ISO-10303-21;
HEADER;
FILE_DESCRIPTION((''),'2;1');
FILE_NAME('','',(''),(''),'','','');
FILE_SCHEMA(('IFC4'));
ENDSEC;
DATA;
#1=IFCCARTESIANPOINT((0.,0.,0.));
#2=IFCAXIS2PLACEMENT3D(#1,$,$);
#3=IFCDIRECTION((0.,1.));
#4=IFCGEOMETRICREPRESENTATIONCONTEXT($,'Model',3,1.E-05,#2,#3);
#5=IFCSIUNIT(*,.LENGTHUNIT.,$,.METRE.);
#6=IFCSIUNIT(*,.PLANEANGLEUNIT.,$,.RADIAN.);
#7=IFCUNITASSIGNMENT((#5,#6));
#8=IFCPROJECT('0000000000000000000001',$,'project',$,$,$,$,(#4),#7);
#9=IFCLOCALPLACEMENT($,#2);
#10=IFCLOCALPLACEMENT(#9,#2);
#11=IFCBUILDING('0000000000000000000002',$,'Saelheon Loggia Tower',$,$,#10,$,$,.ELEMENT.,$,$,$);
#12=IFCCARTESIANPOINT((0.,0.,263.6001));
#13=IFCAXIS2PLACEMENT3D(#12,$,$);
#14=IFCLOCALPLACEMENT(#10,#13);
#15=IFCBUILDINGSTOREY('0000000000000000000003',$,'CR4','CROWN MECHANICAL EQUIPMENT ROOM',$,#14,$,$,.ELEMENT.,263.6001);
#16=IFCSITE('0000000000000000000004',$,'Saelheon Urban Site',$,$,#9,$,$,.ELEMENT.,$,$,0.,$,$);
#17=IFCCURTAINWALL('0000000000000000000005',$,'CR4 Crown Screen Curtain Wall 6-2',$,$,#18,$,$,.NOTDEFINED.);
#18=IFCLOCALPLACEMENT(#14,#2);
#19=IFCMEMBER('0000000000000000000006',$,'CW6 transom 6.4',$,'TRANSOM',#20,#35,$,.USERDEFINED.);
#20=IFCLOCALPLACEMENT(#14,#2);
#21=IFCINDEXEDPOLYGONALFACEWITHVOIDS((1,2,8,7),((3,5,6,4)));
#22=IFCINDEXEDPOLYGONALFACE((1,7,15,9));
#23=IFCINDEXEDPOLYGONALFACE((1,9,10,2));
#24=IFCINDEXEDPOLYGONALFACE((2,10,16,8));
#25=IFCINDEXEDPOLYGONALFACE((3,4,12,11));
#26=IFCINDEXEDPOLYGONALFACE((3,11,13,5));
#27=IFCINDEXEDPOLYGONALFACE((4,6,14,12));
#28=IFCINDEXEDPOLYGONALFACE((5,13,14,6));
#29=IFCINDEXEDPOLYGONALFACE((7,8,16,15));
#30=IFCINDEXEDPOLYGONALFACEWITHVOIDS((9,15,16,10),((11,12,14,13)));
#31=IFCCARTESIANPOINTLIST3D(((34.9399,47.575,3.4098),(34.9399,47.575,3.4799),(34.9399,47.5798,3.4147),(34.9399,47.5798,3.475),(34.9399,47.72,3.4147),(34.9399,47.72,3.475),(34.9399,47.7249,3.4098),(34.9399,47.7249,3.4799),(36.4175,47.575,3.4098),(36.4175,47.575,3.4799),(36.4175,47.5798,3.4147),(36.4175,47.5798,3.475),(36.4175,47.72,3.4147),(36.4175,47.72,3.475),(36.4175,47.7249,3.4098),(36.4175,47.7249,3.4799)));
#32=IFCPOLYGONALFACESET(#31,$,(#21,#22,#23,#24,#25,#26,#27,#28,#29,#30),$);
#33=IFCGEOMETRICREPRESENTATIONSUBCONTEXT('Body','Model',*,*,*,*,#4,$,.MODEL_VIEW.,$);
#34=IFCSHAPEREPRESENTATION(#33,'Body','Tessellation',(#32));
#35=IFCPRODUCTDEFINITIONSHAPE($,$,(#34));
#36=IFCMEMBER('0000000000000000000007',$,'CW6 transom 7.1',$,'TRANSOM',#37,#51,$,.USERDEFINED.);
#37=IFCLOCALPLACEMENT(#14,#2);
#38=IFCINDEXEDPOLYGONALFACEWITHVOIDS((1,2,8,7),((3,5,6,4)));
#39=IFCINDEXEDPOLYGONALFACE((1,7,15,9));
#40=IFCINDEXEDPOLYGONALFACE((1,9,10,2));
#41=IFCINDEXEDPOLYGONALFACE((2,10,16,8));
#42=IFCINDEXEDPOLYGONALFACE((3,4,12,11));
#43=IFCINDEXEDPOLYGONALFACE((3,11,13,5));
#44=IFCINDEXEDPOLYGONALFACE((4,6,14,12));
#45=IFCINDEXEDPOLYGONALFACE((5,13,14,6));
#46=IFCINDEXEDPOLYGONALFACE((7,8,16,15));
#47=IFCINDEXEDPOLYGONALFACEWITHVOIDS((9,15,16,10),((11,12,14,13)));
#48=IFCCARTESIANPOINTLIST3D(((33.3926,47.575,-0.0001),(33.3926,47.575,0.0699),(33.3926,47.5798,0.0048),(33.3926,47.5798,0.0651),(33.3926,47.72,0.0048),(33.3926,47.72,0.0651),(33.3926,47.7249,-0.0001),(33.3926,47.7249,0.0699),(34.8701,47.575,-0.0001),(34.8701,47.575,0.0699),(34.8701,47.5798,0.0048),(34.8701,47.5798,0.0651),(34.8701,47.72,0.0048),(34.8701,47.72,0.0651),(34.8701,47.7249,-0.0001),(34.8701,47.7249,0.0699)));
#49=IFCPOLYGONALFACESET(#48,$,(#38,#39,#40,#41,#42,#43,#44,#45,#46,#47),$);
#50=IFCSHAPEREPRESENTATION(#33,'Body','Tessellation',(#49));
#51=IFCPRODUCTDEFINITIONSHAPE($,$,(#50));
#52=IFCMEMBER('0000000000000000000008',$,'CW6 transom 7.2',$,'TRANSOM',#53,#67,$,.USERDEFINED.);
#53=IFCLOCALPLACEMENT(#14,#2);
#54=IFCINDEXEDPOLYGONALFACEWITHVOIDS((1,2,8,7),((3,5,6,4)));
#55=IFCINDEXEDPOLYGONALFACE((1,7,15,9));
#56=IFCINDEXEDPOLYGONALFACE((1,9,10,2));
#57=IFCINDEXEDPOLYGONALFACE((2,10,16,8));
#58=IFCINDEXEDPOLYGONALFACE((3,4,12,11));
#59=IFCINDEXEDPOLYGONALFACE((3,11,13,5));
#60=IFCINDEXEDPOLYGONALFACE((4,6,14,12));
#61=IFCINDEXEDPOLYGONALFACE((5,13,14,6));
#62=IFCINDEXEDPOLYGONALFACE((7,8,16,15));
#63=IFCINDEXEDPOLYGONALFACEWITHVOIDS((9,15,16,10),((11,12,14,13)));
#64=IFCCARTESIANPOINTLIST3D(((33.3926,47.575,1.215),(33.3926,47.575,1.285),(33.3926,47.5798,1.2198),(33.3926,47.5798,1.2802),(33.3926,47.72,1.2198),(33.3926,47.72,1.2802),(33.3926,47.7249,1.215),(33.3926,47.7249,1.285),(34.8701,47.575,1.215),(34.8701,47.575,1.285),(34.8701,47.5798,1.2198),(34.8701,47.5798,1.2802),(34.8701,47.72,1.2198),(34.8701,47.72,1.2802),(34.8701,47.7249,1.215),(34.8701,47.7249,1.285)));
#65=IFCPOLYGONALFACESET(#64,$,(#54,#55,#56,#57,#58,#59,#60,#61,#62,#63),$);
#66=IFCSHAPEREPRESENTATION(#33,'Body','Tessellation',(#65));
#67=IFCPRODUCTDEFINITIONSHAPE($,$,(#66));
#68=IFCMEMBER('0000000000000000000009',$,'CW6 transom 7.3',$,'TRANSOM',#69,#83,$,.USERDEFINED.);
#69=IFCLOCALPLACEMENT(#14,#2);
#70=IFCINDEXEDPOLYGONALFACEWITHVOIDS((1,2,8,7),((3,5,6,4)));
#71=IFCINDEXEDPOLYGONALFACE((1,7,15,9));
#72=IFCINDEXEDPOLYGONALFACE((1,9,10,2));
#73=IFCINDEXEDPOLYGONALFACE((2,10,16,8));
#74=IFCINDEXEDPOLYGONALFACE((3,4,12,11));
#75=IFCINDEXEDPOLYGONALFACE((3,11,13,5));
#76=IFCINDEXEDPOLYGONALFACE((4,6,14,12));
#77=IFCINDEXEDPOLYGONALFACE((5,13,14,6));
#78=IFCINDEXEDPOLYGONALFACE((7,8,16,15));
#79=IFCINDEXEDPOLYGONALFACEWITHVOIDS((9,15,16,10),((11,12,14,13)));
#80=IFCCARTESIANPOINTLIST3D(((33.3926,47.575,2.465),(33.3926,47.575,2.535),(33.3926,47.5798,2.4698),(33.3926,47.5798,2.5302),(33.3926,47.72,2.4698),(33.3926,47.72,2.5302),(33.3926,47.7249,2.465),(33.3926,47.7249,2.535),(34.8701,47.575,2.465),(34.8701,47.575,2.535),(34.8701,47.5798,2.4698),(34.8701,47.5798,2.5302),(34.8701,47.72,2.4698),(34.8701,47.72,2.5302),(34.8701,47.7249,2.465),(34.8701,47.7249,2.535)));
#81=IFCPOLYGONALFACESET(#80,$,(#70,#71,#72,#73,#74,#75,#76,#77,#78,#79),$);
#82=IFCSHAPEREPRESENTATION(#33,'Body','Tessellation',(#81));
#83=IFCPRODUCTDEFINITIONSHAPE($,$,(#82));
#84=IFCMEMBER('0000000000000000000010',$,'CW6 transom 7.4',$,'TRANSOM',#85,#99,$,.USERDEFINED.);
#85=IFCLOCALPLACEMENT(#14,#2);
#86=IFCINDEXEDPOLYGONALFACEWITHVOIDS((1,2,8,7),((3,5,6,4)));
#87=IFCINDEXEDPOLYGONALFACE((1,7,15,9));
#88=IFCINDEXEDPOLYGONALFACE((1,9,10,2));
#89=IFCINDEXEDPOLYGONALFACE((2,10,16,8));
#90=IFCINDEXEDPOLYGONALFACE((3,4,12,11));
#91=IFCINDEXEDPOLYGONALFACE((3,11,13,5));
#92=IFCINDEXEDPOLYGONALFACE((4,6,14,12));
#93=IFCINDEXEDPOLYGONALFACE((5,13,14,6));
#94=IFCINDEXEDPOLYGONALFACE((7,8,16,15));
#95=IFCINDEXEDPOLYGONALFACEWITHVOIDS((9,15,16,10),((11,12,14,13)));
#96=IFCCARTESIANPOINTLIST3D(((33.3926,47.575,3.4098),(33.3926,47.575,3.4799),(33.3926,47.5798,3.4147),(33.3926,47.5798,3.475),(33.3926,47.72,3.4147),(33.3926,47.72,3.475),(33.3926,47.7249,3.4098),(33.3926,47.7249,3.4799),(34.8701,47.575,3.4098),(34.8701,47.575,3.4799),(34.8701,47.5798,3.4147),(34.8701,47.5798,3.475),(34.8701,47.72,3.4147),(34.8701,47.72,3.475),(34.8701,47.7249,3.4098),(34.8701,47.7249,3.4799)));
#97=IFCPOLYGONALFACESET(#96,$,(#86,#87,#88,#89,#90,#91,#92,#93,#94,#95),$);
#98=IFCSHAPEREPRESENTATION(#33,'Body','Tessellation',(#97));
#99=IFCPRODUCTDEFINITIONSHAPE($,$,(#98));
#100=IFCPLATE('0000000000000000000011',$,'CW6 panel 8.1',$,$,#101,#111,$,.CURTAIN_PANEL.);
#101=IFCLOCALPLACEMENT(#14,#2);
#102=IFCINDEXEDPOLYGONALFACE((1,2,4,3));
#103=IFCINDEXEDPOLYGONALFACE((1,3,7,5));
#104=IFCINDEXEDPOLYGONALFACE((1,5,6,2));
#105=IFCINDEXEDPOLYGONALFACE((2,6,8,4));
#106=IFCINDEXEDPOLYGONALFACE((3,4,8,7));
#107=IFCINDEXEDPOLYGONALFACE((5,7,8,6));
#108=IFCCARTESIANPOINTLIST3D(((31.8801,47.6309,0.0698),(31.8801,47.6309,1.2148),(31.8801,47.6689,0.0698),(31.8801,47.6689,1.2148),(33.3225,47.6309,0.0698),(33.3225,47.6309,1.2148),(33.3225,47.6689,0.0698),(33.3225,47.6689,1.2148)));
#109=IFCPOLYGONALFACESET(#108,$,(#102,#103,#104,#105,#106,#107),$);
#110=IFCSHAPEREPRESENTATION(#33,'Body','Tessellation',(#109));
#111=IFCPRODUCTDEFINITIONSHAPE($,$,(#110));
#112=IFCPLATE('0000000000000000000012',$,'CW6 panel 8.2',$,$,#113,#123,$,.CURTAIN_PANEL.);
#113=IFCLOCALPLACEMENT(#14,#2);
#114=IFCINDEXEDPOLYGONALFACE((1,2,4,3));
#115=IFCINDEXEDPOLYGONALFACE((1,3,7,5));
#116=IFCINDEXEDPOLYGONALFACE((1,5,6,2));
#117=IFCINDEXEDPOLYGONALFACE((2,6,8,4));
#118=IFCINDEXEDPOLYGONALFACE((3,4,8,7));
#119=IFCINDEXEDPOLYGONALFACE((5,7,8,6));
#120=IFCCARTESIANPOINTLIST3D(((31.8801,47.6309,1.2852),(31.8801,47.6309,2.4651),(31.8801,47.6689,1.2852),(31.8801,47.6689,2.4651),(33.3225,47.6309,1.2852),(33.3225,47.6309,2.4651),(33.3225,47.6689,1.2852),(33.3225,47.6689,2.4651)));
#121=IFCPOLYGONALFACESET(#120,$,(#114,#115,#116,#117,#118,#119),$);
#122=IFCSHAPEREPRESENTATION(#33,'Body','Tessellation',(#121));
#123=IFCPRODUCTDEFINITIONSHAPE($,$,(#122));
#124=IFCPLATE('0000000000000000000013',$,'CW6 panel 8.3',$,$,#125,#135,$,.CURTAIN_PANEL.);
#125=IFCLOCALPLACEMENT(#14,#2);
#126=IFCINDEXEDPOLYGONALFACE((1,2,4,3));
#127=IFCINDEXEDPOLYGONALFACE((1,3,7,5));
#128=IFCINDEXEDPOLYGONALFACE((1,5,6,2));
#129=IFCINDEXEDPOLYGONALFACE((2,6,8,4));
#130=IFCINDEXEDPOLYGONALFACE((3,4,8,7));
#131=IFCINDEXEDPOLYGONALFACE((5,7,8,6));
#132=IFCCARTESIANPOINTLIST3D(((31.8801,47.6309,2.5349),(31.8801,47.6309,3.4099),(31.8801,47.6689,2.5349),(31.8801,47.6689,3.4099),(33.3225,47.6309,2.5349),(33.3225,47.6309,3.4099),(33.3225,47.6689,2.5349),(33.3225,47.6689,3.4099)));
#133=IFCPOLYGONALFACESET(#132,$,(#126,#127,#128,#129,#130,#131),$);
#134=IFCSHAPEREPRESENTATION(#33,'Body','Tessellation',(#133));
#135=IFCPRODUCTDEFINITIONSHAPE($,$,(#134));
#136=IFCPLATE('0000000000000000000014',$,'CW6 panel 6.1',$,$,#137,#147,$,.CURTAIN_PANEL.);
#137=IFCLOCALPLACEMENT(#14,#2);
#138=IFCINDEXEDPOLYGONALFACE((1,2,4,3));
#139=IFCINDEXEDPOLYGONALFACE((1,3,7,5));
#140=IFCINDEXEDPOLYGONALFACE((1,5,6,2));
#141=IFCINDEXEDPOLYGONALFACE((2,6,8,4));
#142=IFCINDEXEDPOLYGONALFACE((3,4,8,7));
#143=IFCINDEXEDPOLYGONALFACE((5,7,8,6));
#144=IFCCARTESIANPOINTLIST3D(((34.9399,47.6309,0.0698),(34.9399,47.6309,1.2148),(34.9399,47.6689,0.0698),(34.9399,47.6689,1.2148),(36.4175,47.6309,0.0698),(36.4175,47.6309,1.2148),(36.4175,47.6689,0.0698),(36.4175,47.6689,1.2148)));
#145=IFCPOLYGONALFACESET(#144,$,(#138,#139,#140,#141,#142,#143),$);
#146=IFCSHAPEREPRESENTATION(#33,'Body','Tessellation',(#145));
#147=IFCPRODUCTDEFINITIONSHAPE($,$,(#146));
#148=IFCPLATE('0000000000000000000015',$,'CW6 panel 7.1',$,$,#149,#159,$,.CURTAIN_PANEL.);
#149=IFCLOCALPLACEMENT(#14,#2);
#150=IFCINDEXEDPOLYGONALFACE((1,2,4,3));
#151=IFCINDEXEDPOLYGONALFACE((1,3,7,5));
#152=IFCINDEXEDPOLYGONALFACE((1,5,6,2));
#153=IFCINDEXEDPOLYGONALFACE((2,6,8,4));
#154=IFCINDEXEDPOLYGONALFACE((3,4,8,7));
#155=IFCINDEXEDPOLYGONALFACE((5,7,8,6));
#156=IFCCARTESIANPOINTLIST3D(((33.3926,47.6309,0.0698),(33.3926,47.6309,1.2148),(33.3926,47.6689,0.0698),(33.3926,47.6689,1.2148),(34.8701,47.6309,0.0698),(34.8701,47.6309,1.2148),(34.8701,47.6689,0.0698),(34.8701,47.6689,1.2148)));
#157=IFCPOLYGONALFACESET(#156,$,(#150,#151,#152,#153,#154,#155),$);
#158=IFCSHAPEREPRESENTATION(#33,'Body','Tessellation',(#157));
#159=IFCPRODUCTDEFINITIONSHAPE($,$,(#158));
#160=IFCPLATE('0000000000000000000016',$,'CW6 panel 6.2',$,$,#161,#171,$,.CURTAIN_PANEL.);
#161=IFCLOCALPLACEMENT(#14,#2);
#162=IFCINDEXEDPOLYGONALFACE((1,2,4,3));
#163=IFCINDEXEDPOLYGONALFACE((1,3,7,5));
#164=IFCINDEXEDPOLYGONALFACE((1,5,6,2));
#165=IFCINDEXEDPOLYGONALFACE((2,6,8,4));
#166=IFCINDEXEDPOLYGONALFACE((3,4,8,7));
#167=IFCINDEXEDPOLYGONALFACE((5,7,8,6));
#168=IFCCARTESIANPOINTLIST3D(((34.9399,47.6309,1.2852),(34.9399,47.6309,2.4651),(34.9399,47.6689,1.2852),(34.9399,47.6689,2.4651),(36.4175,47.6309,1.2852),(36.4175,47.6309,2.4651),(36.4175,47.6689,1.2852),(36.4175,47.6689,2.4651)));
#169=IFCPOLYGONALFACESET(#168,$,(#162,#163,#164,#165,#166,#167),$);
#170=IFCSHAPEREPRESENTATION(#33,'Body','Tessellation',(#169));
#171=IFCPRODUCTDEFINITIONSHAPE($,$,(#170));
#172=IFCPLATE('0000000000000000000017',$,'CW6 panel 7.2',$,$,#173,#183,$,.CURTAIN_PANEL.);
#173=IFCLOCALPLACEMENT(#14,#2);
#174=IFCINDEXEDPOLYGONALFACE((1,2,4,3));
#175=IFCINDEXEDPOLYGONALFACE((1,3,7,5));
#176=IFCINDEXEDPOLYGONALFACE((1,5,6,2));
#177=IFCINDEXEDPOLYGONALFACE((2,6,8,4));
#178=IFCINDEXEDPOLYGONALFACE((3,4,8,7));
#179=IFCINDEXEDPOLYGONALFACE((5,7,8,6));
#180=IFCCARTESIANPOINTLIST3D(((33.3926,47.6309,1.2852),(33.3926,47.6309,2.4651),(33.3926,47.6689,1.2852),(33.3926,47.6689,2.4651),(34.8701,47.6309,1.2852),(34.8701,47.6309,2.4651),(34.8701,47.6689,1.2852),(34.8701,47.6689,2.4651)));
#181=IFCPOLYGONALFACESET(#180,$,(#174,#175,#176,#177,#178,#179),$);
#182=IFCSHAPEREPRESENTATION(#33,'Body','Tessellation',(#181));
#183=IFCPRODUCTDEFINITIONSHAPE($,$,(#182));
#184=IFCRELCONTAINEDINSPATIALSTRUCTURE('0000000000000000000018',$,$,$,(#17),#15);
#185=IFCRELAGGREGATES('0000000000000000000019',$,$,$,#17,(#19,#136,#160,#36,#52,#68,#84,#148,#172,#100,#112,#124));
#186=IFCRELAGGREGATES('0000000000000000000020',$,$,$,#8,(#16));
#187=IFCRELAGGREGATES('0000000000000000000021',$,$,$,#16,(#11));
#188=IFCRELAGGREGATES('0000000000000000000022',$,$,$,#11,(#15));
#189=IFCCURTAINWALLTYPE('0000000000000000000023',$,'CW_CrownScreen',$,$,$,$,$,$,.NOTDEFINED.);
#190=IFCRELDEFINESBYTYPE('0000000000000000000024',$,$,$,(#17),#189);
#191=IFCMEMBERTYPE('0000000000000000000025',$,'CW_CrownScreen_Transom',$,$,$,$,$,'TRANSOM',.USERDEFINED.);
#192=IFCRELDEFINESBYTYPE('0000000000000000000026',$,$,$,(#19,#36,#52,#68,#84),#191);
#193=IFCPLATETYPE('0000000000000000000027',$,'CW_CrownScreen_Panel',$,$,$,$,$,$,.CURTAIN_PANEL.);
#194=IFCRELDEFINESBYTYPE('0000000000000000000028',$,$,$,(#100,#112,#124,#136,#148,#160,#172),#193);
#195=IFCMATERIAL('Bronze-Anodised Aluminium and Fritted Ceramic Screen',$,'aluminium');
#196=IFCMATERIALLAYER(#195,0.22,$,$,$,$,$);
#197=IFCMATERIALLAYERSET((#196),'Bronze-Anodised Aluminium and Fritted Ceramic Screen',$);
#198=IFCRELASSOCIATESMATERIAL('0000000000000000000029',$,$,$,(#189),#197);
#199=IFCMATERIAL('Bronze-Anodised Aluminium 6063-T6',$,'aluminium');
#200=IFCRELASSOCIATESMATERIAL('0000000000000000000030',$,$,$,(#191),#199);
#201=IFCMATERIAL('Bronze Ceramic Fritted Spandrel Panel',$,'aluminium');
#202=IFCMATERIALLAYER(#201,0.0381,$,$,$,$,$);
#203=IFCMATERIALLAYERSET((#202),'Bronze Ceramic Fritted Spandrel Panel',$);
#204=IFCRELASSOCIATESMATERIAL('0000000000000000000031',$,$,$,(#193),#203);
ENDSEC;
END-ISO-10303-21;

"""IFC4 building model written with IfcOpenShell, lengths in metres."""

from ifc_helpers import new_model, si_unit, direction, frame, origin, origin_2d, place, context, subcontext, project, spatial, rectangle, hollow_rectangle, extrude, source, transform, mapped, material, layer, layer_set, material_profile, profile_set, type_object, element, aggregate, save


model = new_model("IFC4")

# Units and contexts
model_context = context("Model", 3, precision=1e-05, world=origin(), true_north=direction((0.0, 1.0)))
body_context = subcontext(model_context, "Body", "Model", "MODEL_VIEW")
ifc_project = project(units=[si_unit("LENGTHUNIT", "METRE"), si_unit("PLANEANGLEUNIT", "RADIAN")], contexts=[model_context])

# Site, building, storey
site_placement = place(None, origin())
site = spatial("IfcSite", under=ifc_project, at=site_placement, Name="Saelheon Urban Site", CompositionType="ELEMENT", RefElevation=0.0)
building_placement = place(site_placement, origin())
building = spatial("IfcBuilding", under=site, at=building_placement, Name="Saelheon Loggia Tower", CompositionType="ELEMENT")
storey_placement = place(building_placement, frame((0.0, 0.0, 263.6001)))
storey = spatial("IfcBuildingStorey", under=building, at=storey_placement, Name="CR4", Description="CROWN MECHANICAL EQUIPMENT ROOM", CompositionType="ELEMENT", Elevation=263.6001)

# Curtain wall, members, plates
ifc_material_1 = material(Name="Bronze-Anodised Aluminium and Fritted Ceramic Screen", Category="aluminium")
ifc_layer_1 = layer(ifc_material_1, 0.22)
ifc_layer_set_1 = layer_set([ifc_layer_1], Name="Bronze-Anodised Aluminium and Fritted Ceramic Screen")
curtain_wall_type = type_object("IfcCurtainWallType", Name="CW_CrownScreen", PredefinedType="NOTDEFINED", material=ifc_layer_set_1)
curtain_wall_placement = place(storey_placement, origin())
curtain_wall = element("IfcCurtainWall", 1, at=curtain_wall_placement, inside=storey, type_object=curtain_wall_type, Name="CR4 Crown Screen Curtain Wall 6-2", PredefinedType="NOTDEFINED")
ifc_material_2 = material(Name="Bronze-Anodised Aluminium 6063-T6", Category="aluminium")
ifc_material_profile_1 = material_profile(ifc_material_2, hollow_rectangle(XDim=0.0701, YDim=0.1499, WallThickness=0.0049, at=origin_2d()), Name="RHS-150x70x5")
ifc_profile_set_1 = profile_set([ifc_material_profile_1], Name="Bronze-Anodised Aluminium 6063-T6")
member_type_1 = type_object("IfcMemberType", Name="CW_CrownScreen_Transom", ElementType="TRANSOM", PredefinedType="USERDEFINED", material=ifc_profile_set_1)
shared_shape_1 = source(origin(), body_context, "Body", "SweptSolid", [
    extrude(hollow_rectangle(XDim=0.0701, YDim=0.1499, WallThickness=0.0049, at=origin_2d()), origin(), (0.0, 0.0, 1.0), 1.4775),
])
member_1_placement = place(storey_placement, frame((36.4175, 47.6499, 3.4448), z_axis=(-1.0, 0.0, 0.0), x_axis=(0.0, 0.0, 1.0)))
member_1 = element("IfcMember", 2, at=member_1_placement, type_object=member_type_1, Name="CW6 transom 6.4", ObjectType="TRANSOM", PredefinedType="USERDEFINED", context=body_context, shape_type="MappedRepresentation", body=[
    mapped(shared_shape_1, transform((0.0, 0.0, 0.0), scale=1.0)),
])
member_2_placement = place(storey_placement, frame((34.8701, 47.6499, 0.0349), z_axis=(-1.0, 0.0, 0.0), x_axis=(0.0, 0.0, 1.0)))
member_2 = element("IfcMember", 3, at=member_2_placement, type_object=member_type_1, Name="CW6 transom 7.1", ObjectType="TRANSOM", PredefinedType="USERDEFINED", context=body_context, shape_type="MappedRepresentation", body=[
    mapped(shared_shape_1, transform((0.0, 0.0, 0.0), scale=1.0)),
])
member_3_placement = place(storey_placement, frame((34.8701, 47.6499, 1.25), z_axis=(-1.0, 0.0, 0.0), x_axis=(0.0, 0.0, 1.0)))
member_3 = element("IfcMember", 4, at=member_3_placement, type_object=member_type_1, Name="CW6 transom 7.2", ObjectType="TRANSOM", PredefinedType="USERDEFINED", context=body_context, shape_type="MappedRepresentation", body=[
    mapped(shared_shape_1, transform((0.0, 0.0, 0.0), scale=1.0)),
])
member_4_placement = place(storey_placement, frame((34.8701, 47.6499, 2.5), z_axis=(-1.0, 0.0, 0.0), x_axis=(0.0, 0.0, 1.0)))
member_4 = element("IfcMember", 5, at=member_4_placement, type_object=member_type_1, Name="CW6 transom 7.3", ObjectType="TRANSOM", PredefinedType="USERDEFINED", context=body_context, shape_type="MappedRepresentation", body=[
    mapped(shared_shape_1, transform((0.0, 0.0, 0.0), scale=1.0)),
])
member_5_placement = place(storey_placement, frame((34.8701, 47.6499, 3.4448), z_axis=(-1.0, 0.0, 0.0), x_axis=(0.0, 0.0, 1.0)))
member_5 = element("IfcMember", 6, at=member_5_placement, type_object=member_type_1, Name="CW6 transom 7.4", ObjectType="TRANSOM", PredefinedType="USERDEFINED", context=body_context, shape_type="MappedRepresentation", body=[
    mapped(shared_shape_1, transform((0.0, 0.0, 0.0), scale=1.0)),
])
ifc_material_3 = material(Name="Bronze Ceramic Fritted Spandrel Panel", Category="aluminium")
ifc_layer_2 = layer(ifc_material_3, 0.0381)
ifc_layer_set_2 = layer_set([ifc_layer_2], Name="Bronze Ceramic Fritted Spandrel Panel")
plate_type = type_object("IfcPlateType", Name="CW_CrownScreen_Panel", PredefinedType="CURTAIN_PANEL", material=ifc_layer_set_2)
shared_shape_2 = source(origin(), body_context, "Body", "SweptSolid", [
    extrude(rectangle(XDim=1.4424, YDim=0.0381, at=origin_2d()), origin(), (0.0, 0.0, 1.0), 1.145),
])
plate_1_placement = place(storey_placement, frame((32.6013, 47.6499, 0.0698), z_axis=(0.0, 0.0, 1.0), x_axis=(-1.0, 0.0, 0.0)))
plate_1 = element("IfcPlate", 7, at=plate_1_placement, type_object=plate_type, Name="CW6 panel 8.1", PredefinedType="CURTAIN_PANEL", context=body_context, shape_type="MappedRepresentation", body=[
    mapped(shared_shape_2, transform((0.0, 0.0, 0.0), scale=1.0)),
])
shared_shape_3 = source(origin(), body_context, "Body", "SweptSolid", [
    extrude(rectangle(XDim=1.4424, YDim=0.0381, at=origin_2d()), origin(), (0.0, 0.0, 1.0), 1.1799),
])
plate_2_placement = place(storey_placement, frame((32.6013, 47.6499, 1.2852), z_axis=(0.0, 0.0, 1.0), x_axis=(-1.0, 0.0, 0.0)))
plate_2 = element("IfcPlate", 8, at=plate_2_placement, type_object=plate_type, Name="CW6 panel 8.2", PredefinedType="CURTAIN_PANEL", context=body_context, shape_type="MappedRepresentation", body=[
    mapped(shared_shape_3, transform((0.0, 0.0, 0.0), scale=1.0)),
])
shared_shape_4 = source(origin(), body_context, "Body", "SweptSolid", [
    extrude(rectangle(XDim=1.4424, YDim=0.0381, at=origin_2d()), origin(), (0.0, 0.0, 1.0), 0.875),
])
plate_3_placement = place(storey_placement, frame((32.6013, 47.6499, 2.5349), z_axis=(0.0, 0.0, 1.0), x_axis=(-1.0, 0.0, 0.0)))
plate_3 = element("IfcPlate", 9, at=plate_3_placement, type_object=plate_type, Name="CW6 panel 8.3", PredefinedType="CURTAIN_PANEL", context=body_context, shape_type="MappedRepresentation", body=[
    mapped(shared_shape_4, transform((0.0, 0.0, 0.0), scale=1.0)),
])
shared_shape_5 = source(origin(), body_context, "Body", "SweptSolid", [
    extrude(rectangle(XDim=1.4775, YDim=0.0381, at=origin_2d()), origin(), (0.0, 0.0, 1.0), 1.145),
])
plate_4_placement = place(storey_placement, frame((35.6787, 47.6499, 0.0698), z_axis=(0.0, 0.0, 1.0), x_axis=(-1.0, 0.0, 0.0)))
plate_4 = element("IfcPlate", 10, at=plate_4_placement, type_object=plate_type, Name="CW6 panel 6.1", PredefinedType="CURTAIN_PANEL", context=body_context, shape_type="MappedRepresentation", body=[
    mapped(shared_shape_5, transform((0.0, 0.0, 0.0), scale=1.0)),
])
plate_5_placement = place(storey_placement, frame((34.1313, 47.6499, 0.0698), z_axis=(0.0, 0.0, 1.0), x_axis=(-1.0, 0.0, 0.0)))
plate_5 = element("IfcPlate", 11, at=plate_5_placement, type_object=plate_type, Name="CW6 panel 7.1", PredefinedType="CURTAIN_PANEL", context=body_context, shape_type="MappedRepresentation", body=[
    mapped(shared_shape_5, transform((0.0, 0.0, 0.0), scale=1.0)),
])
shared_shape_6 = source(origin(), body_context, "Body", "SweptSolid", [
    extrude(rectangle(XDim=1.4775, YDim=0.0381, at=origin_2d()), origin(), (0.0, 0.0, 1.0), 1.1799),
])
plate_6_placement = place(storey_placement, frame((35.6787, 47.6499, 1.2852), z_axis=(0.0, 0.0, 1.0), x_axis=(-1.0, 0.0, 0.0)))
plate_6 = element("IfcPlate", 12, at=plate_6_placement, type_object=plate_type, Name="CW6 panel 6.2", PredefinedType="CURTAIN_PANEL", context=body_context, shape_type="MappedRepresentation", body=[
    mapped(shared_shape_6, transform((0.0, 0.0, 0.0), scale=1.0)),
])
plate_7_placement = place(storey_placement, frame((34.1313, 47.6499, 1.2852), z_axis=(0.0, 0.0, 1.0), x_axis=(-1.0, 0.0, 0.0)))
plate_7 = element("IfcPlate", 13, at=plate_7_placement, type_object=plate_type, Name="CW6 panel 7.2", PredefinedType="CURTAIN_PANEL", context=body_context, shape_type="MappedRepresentation", body=[
    mapped(shared_shape_6, transform((0.0, 0.0, 0.0), scale=1.0)),
])
aggregate(curtain_wall, [member_1, plate_4, plate_6, member_2, member_3, member_4, member_5, plate_5, plate_7, plate_1, plate_2, plate_3])

save(model, "model.ifc")
